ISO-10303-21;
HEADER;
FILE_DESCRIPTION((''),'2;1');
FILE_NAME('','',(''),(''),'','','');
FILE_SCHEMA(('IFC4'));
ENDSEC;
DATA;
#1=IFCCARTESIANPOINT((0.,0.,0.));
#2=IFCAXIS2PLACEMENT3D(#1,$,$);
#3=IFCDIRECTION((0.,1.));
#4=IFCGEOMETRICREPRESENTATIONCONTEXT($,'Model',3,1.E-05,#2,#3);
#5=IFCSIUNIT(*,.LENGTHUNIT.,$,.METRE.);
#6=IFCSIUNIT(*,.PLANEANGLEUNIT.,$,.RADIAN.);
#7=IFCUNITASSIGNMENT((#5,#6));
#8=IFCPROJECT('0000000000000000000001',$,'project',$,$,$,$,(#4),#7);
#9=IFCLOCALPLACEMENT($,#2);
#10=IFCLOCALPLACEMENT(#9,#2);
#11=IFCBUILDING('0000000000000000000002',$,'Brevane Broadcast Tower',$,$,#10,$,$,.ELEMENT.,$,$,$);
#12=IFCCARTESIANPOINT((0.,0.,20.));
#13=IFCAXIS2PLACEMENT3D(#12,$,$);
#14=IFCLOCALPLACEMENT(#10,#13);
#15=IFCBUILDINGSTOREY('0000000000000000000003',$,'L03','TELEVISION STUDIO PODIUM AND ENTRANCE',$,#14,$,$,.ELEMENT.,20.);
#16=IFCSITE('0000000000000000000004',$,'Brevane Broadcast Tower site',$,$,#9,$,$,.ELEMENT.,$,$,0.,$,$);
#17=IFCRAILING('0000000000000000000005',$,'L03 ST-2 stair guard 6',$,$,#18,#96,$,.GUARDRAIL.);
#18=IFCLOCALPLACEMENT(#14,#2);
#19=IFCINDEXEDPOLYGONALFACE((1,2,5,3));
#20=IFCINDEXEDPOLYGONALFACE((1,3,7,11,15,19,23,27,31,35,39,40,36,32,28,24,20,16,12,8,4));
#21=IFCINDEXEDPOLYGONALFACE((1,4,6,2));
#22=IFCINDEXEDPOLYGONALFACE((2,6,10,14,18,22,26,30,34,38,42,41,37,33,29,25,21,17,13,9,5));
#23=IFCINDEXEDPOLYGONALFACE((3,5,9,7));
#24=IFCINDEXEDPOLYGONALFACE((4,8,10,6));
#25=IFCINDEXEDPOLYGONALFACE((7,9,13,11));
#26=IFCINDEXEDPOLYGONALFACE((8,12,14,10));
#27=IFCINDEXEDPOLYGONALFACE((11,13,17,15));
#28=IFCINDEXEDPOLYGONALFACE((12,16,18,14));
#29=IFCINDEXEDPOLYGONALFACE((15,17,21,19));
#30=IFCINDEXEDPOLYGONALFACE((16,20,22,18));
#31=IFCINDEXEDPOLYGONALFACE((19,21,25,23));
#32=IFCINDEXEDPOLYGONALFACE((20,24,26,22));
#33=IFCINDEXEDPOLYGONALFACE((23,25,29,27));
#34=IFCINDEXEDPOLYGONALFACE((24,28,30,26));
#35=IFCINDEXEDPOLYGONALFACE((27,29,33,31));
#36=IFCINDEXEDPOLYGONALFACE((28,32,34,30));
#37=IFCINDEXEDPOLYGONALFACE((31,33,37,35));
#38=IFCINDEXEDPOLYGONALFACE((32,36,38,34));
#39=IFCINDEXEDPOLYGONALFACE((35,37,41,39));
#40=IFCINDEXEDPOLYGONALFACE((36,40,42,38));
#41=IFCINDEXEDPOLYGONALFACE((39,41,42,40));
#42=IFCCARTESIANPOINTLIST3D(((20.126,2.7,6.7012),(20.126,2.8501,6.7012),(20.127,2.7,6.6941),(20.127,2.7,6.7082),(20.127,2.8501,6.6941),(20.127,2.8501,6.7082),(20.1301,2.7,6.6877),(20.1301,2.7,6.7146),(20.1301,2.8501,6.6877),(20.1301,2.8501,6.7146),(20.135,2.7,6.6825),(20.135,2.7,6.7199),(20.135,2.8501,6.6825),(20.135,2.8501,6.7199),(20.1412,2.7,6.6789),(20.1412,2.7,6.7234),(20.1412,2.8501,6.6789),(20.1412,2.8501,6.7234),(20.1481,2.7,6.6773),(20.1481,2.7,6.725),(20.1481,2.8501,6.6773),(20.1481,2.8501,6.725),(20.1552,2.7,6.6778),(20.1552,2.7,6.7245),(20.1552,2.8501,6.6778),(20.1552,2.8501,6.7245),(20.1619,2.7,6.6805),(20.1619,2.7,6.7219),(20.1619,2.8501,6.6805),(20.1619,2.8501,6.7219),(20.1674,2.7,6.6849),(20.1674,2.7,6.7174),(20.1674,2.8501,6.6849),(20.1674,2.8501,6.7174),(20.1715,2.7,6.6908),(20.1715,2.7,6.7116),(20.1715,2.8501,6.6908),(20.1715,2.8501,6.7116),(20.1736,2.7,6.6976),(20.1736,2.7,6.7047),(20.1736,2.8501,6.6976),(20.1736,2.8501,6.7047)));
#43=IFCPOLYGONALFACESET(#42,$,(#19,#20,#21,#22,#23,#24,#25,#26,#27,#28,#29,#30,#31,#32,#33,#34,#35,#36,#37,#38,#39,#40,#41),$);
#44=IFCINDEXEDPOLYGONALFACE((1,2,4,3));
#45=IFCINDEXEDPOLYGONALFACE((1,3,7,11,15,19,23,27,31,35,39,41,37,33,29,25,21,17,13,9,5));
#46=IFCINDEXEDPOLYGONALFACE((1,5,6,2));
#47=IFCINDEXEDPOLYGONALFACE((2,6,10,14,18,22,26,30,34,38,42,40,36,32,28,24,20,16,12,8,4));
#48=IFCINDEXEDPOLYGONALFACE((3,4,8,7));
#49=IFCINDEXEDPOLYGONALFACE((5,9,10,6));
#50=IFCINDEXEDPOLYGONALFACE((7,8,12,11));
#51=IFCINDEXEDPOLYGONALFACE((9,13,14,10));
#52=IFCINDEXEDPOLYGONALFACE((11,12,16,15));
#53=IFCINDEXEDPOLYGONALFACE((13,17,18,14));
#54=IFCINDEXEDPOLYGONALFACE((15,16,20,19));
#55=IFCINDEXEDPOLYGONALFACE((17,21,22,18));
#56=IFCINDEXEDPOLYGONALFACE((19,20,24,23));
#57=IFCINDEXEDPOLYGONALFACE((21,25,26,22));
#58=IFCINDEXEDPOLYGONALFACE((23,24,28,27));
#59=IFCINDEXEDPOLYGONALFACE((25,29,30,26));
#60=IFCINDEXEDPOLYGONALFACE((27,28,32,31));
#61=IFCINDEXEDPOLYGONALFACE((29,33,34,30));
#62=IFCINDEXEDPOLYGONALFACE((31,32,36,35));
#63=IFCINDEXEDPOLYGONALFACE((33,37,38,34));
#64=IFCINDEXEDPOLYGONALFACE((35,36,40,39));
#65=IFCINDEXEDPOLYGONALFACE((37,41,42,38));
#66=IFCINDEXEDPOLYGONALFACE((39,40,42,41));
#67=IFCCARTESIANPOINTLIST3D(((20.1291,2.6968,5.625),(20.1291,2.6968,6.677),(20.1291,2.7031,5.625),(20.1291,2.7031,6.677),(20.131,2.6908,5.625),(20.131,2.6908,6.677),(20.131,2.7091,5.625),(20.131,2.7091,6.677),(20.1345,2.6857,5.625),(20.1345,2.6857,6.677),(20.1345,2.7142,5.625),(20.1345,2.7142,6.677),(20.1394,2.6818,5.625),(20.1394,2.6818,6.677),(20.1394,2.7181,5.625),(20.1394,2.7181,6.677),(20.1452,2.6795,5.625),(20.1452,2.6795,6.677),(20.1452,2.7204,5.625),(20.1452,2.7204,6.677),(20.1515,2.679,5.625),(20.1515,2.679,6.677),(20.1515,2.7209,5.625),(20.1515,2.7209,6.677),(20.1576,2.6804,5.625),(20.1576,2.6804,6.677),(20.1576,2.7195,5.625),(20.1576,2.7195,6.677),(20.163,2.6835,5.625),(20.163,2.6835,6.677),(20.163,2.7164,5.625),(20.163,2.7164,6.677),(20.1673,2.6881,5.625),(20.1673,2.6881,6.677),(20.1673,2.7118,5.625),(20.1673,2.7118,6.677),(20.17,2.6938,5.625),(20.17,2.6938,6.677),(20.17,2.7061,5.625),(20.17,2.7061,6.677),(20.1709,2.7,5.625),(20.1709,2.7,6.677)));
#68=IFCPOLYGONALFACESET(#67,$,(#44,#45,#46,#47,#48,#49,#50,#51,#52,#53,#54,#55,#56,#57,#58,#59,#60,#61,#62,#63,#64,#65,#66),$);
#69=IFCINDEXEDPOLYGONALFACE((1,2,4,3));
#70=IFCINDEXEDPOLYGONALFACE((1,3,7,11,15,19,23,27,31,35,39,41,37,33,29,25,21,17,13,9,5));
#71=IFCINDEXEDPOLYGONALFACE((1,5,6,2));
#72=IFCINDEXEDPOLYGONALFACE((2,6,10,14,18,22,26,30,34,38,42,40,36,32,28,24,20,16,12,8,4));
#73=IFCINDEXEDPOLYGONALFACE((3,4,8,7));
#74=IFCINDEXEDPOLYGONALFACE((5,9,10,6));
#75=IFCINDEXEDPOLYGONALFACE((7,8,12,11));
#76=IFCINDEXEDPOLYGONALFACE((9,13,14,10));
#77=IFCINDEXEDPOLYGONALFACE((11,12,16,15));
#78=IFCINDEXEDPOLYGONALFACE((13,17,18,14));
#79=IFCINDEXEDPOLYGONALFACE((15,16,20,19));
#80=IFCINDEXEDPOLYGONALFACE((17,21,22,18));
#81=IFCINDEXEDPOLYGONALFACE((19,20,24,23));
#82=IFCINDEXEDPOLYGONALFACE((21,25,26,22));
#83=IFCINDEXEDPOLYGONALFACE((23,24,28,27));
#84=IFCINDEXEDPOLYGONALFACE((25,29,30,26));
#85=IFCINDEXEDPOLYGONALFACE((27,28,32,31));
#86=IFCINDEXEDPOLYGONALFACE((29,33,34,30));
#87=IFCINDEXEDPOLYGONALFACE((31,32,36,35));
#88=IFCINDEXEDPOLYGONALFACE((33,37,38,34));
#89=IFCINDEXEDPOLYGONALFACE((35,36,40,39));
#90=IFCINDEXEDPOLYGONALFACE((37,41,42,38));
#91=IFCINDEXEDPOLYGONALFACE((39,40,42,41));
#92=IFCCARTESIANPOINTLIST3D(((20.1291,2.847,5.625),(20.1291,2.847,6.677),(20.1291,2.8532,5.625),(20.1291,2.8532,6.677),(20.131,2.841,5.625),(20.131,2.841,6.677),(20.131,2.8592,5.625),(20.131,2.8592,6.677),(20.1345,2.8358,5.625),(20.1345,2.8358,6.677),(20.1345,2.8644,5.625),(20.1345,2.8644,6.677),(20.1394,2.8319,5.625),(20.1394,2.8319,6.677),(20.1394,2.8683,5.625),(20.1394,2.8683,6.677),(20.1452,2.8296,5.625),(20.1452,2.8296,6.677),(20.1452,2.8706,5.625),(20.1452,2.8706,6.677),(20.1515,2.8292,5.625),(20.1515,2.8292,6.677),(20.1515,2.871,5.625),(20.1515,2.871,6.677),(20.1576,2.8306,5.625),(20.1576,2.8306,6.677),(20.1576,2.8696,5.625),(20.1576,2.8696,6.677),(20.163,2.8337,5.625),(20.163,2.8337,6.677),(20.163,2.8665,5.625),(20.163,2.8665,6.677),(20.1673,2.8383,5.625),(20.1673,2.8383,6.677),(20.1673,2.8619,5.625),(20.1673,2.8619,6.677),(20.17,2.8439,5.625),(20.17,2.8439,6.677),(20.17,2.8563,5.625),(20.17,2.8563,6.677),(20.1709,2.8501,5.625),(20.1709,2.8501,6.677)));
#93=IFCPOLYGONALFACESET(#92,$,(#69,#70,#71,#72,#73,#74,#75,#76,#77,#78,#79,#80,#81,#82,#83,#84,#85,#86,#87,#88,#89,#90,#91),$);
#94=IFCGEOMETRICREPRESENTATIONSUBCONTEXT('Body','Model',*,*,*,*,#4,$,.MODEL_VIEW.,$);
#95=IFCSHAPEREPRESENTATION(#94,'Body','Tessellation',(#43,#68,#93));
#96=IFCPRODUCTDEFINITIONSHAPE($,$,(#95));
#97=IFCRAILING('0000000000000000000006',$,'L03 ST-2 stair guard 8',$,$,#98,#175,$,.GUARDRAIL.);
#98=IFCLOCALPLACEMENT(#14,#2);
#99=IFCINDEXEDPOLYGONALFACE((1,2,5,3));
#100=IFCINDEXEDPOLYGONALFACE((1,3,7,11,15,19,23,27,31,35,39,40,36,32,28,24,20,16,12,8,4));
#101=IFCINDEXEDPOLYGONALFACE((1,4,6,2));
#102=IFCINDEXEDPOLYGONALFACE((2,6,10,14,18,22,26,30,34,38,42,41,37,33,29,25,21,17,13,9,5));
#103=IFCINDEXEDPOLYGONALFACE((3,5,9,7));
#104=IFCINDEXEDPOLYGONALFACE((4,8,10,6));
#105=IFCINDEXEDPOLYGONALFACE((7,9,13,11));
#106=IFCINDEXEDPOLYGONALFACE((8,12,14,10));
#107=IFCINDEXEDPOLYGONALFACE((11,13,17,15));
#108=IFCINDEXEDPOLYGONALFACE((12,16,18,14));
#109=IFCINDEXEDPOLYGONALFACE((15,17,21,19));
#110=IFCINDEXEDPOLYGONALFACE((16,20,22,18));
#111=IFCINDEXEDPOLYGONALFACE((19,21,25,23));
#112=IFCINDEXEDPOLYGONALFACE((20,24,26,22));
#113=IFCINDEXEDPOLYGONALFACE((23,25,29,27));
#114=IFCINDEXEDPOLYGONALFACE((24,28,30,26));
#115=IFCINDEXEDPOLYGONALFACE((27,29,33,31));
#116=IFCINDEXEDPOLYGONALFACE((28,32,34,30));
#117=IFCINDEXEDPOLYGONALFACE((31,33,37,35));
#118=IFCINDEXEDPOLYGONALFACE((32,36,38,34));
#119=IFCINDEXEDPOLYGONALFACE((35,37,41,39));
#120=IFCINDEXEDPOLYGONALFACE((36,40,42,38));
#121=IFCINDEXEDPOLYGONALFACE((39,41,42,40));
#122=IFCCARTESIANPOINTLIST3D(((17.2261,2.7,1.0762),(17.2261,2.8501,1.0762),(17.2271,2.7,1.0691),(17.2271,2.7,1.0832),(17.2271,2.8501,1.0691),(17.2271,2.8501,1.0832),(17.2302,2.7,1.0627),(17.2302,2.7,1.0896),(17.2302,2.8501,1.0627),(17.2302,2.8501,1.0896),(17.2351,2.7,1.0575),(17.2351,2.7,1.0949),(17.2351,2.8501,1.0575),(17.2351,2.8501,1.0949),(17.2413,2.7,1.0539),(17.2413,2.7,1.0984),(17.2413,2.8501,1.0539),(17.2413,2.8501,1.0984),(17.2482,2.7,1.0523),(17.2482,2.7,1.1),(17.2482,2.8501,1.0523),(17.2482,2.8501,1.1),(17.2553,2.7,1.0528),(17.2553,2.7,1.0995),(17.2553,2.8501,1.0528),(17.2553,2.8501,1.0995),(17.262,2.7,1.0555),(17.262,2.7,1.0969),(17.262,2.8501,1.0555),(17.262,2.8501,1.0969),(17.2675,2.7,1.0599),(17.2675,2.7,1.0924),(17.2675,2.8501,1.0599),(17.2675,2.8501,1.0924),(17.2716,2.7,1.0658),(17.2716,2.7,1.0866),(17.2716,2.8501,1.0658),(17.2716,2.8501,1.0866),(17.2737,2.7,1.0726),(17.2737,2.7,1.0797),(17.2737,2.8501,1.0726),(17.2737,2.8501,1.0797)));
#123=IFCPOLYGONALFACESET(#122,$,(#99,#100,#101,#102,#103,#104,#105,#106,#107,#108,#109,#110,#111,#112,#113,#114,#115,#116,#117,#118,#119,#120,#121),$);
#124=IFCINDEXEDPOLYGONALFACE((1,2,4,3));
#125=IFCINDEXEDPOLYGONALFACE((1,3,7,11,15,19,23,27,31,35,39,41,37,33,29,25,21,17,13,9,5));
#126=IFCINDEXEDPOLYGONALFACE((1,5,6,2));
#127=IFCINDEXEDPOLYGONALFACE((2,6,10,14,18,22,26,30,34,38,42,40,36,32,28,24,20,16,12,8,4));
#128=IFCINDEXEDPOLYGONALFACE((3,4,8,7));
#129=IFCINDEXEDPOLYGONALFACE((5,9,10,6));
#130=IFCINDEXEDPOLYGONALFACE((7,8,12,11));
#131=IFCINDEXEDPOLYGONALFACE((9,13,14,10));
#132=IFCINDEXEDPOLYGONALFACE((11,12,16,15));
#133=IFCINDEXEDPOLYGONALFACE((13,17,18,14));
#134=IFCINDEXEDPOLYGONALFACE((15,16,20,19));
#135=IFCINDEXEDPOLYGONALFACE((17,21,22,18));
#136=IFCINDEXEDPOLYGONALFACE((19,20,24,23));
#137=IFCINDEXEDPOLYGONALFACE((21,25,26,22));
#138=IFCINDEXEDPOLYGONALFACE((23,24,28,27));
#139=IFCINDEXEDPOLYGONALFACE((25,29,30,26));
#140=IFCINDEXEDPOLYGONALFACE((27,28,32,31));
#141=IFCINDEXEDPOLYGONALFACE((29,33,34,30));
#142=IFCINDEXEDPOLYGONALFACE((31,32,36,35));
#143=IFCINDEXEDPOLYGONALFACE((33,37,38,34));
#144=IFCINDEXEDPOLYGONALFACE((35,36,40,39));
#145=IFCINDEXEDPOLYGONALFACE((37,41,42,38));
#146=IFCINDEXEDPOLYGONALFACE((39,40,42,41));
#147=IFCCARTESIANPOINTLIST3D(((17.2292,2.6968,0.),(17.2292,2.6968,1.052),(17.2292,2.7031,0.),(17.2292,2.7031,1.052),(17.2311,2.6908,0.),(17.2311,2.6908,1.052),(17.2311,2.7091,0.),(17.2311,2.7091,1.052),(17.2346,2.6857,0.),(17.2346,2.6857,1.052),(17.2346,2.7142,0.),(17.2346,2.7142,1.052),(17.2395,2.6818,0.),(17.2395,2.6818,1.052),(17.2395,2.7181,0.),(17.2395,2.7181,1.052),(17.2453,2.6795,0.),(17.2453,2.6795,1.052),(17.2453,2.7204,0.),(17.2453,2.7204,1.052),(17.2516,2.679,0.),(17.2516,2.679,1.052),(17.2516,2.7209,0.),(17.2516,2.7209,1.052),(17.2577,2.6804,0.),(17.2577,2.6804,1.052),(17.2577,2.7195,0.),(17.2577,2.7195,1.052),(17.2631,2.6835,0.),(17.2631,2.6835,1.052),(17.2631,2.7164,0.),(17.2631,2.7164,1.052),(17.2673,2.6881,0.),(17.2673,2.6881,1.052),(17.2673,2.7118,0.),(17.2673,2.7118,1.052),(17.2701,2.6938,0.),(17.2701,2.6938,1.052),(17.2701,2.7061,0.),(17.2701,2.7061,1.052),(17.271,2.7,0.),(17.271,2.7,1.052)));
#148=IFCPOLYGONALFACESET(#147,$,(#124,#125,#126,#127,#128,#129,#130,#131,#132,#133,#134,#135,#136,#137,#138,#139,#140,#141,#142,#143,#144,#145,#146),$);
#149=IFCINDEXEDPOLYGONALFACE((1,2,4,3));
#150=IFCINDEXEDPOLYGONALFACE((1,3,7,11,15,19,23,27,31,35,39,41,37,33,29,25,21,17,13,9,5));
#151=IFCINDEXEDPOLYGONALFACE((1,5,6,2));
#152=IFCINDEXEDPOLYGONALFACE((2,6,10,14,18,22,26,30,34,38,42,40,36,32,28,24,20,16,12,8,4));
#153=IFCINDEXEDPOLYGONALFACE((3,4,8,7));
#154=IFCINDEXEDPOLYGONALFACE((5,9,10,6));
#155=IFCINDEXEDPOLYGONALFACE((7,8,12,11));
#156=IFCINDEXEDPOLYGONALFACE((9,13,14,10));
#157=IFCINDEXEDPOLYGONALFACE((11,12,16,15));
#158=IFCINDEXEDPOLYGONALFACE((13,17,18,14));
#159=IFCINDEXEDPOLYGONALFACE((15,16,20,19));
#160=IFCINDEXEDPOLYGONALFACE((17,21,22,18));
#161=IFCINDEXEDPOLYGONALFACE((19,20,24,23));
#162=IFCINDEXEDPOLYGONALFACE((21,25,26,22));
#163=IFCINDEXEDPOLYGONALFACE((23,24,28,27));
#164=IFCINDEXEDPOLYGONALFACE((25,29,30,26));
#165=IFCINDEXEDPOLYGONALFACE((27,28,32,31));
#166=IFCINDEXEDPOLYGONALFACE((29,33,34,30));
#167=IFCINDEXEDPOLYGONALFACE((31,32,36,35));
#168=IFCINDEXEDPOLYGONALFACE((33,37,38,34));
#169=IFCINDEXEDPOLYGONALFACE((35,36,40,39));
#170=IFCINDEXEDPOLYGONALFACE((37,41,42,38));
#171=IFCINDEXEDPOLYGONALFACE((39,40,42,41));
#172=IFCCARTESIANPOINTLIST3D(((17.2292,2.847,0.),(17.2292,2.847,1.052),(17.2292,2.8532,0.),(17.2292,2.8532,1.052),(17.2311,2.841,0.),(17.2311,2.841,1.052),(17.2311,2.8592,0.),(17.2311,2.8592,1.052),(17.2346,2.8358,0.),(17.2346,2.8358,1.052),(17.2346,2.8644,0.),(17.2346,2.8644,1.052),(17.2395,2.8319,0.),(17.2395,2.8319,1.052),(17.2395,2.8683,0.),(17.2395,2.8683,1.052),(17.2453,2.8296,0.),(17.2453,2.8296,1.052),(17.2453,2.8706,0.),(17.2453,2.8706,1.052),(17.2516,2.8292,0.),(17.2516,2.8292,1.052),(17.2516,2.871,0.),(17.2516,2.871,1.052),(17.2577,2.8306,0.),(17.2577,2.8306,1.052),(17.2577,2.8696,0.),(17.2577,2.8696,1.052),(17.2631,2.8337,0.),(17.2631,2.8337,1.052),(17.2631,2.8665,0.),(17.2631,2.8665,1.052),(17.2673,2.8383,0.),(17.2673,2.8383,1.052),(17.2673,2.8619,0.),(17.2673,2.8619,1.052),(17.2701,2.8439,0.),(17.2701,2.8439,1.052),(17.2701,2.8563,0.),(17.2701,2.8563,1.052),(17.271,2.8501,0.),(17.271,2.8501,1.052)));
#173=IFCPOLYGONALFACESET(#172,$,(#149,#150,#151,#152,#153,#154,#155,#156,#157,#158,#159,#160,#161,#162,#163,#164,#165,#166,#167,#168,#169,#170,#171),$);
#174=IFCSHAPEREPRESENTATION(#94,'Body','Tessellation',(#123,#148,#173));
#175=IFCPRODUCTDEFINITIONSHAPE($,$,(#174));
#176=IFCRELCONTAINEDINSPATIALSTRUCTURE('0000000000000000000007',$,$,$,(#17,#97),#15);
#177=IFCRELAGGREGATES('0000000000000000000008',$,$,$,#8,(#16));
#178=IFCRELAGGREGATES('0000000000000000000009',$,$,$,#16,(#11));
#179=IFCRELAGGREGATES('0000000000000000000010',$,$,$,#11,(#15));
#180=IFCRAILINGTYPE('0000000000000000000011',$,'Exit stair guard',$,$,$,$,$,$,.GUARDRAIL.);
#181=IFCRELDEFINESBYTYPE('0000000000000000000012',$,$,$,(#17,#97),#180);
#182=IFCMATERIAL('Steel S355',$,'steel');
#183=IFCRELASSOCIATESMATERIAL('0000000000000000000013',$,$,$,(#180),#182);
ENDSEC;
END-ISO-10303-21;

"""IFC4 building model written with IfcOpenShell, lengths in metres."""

from ifc_helpers import new_model, si_unit, direction, frame, origin, origin_2d, place, context, subcontext, project, spatial, circle, extrude, material, type_object, element, save


model = new_model("IFC4")

# Units and contexts
model_context = context("Model", 3, precision=1e-05, world=origin(), true_north=direction((0.0, 1.0)))
body_context = subcontext(model_context, "Body", "Model", "MODEL_VIEW")
ifc_project = project(units=[si_unit("LENGTHUNIT", "METRE"), si_unit("PLANEANGLEUNIT", "RADIAN")], contexts=[model_context])

# Site, building, storey
site_placement = place(None, origin())
site = spatial("IfcSite", under=ifc_project, at=site_placement, Name="Brevane Broadcast Tower site", CompositionType="ELEMENT", RefElevation=0.0)
building_placement = place(site_placement, origin())
building = spatial("IfcBuilding", under=site, at=building_placement, Name="Brevane Broadcast Tower", CompositionType="ELEMENT")
storey_placement = place(building_placement, frame((0.0, 0.0, 20.0)))
storey = spatial("IfcBuildingStorey", under=building, at=storey_placement, Name="L03", Description="TELEVISION STUDIO PODIUM AND ENTRANCE", CompositionType="ELEMENT", Elevation=20.0)

# Railings
ifc_material_1 = material(Name="Steel S355", Category="steel")
railing_type_1 = type_object("IfcRailingType", Name="Exit stair guard", PredefinedType="GUARDRAIL", material=ifc_material_1)
for number, where, name in (
    (1, (20.1499, 2.7, 5.625), "L03 ST-2 stair guard 6"),
    (2, (17.25, 2.7, 0.0), "L03 ST-2 stair guard 8"),
):
    element("IfcRailing", number, at=place(storey_placement, frame(where)), inside=storey, type_object=railing_type_1, Name=name, PredefinedType="GUARDRAIL", context=body_context, shape_type="SweptSolid", body=[
        extrude(circle(Radius=0.0239, at=origin_2d()), frame((0.0, 0.0, 1.0762), z_axis=(0.0, 1.0, 0.0), x_axis=(-1.0, 0.0, 0.0)), (0.0, 0.0, 1.0), 0.1501),
        extrude(circle(Radius=0.021, at=origin_2d()), origin(), (0.0, 0.0, 1.0), 1.052),
        extrude(circle(Radius=0.021, at=origin_2d()), frame((0.0, 0.1501, 0.0)), (0.0, 0.0, 1.0), 1.052),
    ])

save(model, "model.ifc")
